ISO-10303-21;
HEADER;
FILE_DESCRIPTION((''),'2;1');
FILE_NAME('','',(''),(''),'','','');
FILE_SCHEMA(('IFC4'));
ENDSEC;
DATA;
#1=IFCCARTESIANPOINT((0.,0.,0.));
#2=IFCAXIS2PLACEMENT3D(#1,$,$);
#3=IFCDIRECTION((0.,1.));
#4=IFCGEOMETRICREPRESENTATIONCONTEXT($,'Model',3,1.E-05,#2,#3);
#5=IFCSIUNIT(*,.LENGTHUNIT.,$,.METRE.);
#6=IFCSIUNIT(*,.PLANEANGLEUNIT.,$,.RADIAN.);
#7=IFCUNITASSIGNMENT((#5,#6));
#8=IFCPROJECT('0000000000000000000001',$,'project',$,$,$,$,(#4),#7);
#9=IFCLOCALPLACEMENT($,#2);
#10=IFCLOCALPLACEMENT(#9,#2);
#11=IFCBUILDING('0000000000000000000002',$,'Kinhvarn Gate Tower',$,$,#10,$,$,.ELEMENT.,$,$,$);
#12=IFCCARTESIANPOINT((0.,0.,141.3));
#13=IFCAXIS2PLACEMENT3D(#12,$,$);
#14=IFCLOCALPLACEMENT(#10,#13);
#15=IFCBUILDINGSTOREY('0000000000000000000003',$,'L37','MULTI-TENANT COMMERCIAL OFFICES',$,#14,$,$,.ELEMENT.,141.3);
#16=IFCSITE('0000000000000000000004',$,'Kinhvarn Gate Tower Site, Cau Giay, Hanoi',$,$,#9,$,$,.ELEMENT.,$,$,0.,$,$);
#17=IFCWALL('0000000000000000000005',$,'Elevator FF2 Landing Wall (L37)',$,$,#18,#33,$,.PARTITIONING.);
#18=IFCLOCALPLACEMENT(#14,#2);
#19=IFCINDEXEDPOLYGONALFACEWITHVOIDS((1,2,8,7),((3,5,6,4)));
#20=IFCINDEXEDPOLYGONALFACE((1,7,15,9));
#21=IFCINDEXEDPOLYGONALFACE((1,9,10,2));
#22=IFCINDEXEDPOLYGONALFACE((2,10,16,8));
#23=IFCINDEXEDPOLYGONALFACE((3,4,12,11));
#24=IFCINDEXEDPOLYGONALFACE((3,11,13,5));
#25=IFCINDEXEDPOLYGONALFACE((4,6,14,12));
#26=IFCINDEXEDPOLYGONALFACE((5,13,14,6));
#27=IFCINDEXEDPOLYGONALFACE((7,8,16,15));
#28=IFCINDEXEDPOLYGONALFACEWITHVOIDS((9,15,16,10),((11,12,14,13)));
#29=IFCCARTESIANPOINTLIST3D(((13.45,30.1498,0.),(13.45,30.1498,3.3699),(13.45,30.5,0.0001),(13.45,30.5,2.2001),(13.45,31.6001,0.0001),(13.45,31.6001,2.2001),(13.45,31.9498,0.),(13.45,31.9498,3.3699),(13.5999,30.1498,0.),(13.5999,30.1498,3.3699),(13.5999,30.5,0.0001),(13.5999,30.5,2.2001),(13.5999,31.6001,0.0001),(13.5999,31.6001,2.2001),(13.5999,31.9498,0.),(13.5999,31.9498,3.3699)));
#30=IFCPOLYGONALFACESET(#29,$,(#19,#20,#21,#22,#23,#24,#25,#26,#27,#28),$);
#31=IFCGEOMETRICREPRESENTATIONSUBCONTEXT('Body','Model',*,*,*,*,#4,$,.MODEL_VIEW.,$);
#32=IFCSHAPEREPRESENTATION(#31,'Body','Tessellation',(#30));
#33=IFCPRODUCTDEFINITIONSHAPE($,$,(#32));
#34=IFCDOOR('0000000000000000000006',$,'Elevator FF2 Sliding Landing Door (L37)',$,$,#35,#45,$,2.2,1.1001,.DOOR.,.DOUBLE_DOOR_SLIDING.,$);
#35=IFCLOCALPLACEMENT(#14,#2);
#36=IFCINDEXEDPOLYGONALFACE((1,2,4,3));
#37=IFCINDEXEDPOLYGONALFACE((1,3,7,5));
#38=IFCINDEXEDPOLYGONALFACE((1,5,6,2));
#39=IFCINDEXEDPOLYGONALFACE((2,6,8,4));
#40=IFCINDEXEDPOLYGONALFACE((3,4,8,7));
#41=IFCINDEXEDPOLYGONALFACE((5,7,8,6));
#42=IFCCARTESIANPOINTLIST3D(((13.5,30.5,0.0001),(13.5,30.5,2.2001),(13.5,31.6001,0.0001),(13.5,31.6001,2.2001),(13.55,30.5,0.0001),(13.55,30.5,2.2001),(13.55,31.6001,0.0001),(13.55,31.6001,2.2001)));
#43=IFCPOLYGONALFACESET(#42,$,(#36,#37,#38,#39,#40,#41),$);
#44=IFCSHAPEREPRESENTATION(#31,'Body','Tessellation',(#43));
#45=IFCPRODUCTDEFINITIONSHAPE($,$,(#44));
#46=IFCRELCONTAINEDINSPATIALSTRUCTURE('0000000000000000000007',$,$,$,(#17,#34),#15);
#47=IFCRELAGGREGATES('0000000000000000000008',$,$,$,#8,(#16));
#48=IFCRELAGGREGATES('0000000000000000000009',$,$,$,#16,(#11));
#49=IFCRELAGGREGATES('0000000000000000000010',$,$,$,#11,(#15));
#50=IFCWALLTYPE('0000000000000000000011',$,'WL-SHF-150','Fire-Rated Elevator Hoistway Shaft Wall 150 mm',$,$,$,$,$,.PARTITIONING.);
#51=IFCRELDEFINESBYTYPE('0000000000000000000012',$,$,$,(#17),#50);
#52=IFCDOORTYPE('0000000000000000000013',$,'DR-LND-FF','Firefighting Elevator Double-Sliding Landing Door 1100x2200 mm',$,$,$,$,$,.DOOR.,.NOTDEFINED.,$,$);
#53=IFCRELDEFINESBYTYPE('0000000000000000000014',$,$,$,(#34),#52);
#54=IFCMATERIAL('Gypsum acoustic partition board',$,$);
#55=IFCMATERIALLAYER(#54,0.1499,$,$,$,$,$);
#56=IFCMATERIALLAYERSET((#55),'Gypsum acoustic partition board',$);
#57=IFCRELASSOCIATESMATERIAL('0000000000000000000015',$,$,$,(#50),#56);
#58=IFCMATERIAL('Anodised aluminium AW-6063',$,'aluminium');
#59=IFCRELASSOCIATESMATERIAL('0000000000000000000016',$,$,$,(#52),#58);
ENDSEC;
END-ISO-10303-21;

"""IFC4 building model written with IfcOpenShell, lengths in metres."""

from ifc_helpers import new_model, si_unit, direction, frame, frame_2d, origin, place, context, subcontext, project, spatial, rectangle, extrude, material, layer, layer_set, type_object, element, fill, save


model = new_model("IFC4")

# Units and contexts
model_context = context("Model", 3, precision=1e-05, world=origin(), true_north=direction((0.0, 1.0)))
body_context = subcontext(model_context, "Body", "Model", "MODEL_VIEW")
ifc_project = project(units=[si_unit("LENGTHUNIT", "METRE"), si_unit("PLANEANGLEUNIT", "RADIAN")], contexts=[model_context])

# Site, building, storey
site_placement = place(None, origin())
site = spatial("IfcSite", under=ifc_project, at=site_placement, Name="Kinhvarn Gate Tower Site, Cau Giay, Hanoi", CompositionType="ELEMENT", RefElevation=0.0)
building_placement = place(site_placement, origin())
building = spatial("IfcBuilding", under=site, at=building_placement, Name="Kinhvarn Gate Tower", CompositionType="ELEMENT")
storey_placement = place(building_placement, frame((0.0, 0.0, 141.3)))
storey = spatial("IfcBuildingStorey", under=building, at=storey_placement, Name="L37", Description="MULTI-TENANT COMMERCIAL OFFICES", CompositionType="ELEMENT", Elevation=141.3)

# Shared definitions
ifc_material_1 = material(Name="Gypsum acoustic partition board")

# Shared definitions
ifc_layer_1 = layer(ifc_material_1, 0.1499)
ifc_layer_set_1 = layer_set([ifc_layer_1], Name="Gypsum acoustic partition board")
wall_type_1 = type_object("IfcWallType", Name="WL-SHF-150", Description="Fire-Rated Elevator Hoistway Shaft Wall 150 mm", PredefinedType="PARTITIONING", material=ifc_layer_set_1)
ifc_material_2 = material(Name="Anodised aluminium AW-6063", Category="aluminium")

# Wall, opening, door
wall_1_placement = place(storey_placement, frame((13.5249, 30.1499, 0.0), z_axis=(0.0, 0.0, 1.0), x_axis=(0.0, 1.0, 0.0)))
wall_1 = element("IfcWall", 1, at=wall_1_placement, inside=storey, type_object=wall_type_1, Name="Elevator FF2 Landing Wall (L37)", PredefinedType="PARTITIONING", context=body_context, shape_type="SweptSolid", body=[
    extrude(rectangle(XDim=1.8, YDim=0.1499, at=frame_2d((0.8999, 0.0))), origin(), (0.0, 0.0, 1.0), 3.3699),
])
opening_1_placement = place(wall_1_placement, frame((0.3501, 0.0, 0.0)))
opening_1 = element("IfcOpeningElement", 2, at=opening_1_placement, cuts=wall_1, PredefinedType="OPENING", context=body_context, shape_type="SweptSolid", body=[
    extrude(rectangle(XDim=1.1001, YDim=2.2, at=frame_2d((0.55, 1.1001))), frame((0.0, 0.085, 0.0), z_axis=(0.0, -1.0, 0.0), x_axis=(1.0, 0.0, 0.0)), (0.0, 0.0, 1.0), 0.1699),
])
door_type_1 = type_object("IfcDoorType", Name="DR-LND-FF", Description="Firefighting Elevator Double-Sliding Landing Door 1100x2200 mm", OperationType="NOTDEFINED", PredefinedType="DOOR", material=ifc_material_2)
door_1_placement = place(opening_1_placement, origin())
door_1 = element("IfcDoor", 3, at=door_1_placement, inside=storey, type_object=door_type_1, Name="Elevator FF2 Sliding Landing Door (L37)", OperationType="DOUBLE_DOOR_SLIDING", OverallHeight=2.2, OverallWidth=1.1001, PredefinedType="DOOR", context=body_context, shape_type="SweptSolid", body=[
    extrude(rectangle(XDim=1.1001, YDim=2.2, at=frame_2d((0.55, 1.1001))), frame((0.0, 0.0249, 0.0), z_axis=(0.0, -1.0, 0.0), x_axis=(1.0, 0.0, 0.0)), (0.0, 0.0, 1.0), 0.05),
])
fill(opening_1, door_1)

save(model, "model.ifc")
